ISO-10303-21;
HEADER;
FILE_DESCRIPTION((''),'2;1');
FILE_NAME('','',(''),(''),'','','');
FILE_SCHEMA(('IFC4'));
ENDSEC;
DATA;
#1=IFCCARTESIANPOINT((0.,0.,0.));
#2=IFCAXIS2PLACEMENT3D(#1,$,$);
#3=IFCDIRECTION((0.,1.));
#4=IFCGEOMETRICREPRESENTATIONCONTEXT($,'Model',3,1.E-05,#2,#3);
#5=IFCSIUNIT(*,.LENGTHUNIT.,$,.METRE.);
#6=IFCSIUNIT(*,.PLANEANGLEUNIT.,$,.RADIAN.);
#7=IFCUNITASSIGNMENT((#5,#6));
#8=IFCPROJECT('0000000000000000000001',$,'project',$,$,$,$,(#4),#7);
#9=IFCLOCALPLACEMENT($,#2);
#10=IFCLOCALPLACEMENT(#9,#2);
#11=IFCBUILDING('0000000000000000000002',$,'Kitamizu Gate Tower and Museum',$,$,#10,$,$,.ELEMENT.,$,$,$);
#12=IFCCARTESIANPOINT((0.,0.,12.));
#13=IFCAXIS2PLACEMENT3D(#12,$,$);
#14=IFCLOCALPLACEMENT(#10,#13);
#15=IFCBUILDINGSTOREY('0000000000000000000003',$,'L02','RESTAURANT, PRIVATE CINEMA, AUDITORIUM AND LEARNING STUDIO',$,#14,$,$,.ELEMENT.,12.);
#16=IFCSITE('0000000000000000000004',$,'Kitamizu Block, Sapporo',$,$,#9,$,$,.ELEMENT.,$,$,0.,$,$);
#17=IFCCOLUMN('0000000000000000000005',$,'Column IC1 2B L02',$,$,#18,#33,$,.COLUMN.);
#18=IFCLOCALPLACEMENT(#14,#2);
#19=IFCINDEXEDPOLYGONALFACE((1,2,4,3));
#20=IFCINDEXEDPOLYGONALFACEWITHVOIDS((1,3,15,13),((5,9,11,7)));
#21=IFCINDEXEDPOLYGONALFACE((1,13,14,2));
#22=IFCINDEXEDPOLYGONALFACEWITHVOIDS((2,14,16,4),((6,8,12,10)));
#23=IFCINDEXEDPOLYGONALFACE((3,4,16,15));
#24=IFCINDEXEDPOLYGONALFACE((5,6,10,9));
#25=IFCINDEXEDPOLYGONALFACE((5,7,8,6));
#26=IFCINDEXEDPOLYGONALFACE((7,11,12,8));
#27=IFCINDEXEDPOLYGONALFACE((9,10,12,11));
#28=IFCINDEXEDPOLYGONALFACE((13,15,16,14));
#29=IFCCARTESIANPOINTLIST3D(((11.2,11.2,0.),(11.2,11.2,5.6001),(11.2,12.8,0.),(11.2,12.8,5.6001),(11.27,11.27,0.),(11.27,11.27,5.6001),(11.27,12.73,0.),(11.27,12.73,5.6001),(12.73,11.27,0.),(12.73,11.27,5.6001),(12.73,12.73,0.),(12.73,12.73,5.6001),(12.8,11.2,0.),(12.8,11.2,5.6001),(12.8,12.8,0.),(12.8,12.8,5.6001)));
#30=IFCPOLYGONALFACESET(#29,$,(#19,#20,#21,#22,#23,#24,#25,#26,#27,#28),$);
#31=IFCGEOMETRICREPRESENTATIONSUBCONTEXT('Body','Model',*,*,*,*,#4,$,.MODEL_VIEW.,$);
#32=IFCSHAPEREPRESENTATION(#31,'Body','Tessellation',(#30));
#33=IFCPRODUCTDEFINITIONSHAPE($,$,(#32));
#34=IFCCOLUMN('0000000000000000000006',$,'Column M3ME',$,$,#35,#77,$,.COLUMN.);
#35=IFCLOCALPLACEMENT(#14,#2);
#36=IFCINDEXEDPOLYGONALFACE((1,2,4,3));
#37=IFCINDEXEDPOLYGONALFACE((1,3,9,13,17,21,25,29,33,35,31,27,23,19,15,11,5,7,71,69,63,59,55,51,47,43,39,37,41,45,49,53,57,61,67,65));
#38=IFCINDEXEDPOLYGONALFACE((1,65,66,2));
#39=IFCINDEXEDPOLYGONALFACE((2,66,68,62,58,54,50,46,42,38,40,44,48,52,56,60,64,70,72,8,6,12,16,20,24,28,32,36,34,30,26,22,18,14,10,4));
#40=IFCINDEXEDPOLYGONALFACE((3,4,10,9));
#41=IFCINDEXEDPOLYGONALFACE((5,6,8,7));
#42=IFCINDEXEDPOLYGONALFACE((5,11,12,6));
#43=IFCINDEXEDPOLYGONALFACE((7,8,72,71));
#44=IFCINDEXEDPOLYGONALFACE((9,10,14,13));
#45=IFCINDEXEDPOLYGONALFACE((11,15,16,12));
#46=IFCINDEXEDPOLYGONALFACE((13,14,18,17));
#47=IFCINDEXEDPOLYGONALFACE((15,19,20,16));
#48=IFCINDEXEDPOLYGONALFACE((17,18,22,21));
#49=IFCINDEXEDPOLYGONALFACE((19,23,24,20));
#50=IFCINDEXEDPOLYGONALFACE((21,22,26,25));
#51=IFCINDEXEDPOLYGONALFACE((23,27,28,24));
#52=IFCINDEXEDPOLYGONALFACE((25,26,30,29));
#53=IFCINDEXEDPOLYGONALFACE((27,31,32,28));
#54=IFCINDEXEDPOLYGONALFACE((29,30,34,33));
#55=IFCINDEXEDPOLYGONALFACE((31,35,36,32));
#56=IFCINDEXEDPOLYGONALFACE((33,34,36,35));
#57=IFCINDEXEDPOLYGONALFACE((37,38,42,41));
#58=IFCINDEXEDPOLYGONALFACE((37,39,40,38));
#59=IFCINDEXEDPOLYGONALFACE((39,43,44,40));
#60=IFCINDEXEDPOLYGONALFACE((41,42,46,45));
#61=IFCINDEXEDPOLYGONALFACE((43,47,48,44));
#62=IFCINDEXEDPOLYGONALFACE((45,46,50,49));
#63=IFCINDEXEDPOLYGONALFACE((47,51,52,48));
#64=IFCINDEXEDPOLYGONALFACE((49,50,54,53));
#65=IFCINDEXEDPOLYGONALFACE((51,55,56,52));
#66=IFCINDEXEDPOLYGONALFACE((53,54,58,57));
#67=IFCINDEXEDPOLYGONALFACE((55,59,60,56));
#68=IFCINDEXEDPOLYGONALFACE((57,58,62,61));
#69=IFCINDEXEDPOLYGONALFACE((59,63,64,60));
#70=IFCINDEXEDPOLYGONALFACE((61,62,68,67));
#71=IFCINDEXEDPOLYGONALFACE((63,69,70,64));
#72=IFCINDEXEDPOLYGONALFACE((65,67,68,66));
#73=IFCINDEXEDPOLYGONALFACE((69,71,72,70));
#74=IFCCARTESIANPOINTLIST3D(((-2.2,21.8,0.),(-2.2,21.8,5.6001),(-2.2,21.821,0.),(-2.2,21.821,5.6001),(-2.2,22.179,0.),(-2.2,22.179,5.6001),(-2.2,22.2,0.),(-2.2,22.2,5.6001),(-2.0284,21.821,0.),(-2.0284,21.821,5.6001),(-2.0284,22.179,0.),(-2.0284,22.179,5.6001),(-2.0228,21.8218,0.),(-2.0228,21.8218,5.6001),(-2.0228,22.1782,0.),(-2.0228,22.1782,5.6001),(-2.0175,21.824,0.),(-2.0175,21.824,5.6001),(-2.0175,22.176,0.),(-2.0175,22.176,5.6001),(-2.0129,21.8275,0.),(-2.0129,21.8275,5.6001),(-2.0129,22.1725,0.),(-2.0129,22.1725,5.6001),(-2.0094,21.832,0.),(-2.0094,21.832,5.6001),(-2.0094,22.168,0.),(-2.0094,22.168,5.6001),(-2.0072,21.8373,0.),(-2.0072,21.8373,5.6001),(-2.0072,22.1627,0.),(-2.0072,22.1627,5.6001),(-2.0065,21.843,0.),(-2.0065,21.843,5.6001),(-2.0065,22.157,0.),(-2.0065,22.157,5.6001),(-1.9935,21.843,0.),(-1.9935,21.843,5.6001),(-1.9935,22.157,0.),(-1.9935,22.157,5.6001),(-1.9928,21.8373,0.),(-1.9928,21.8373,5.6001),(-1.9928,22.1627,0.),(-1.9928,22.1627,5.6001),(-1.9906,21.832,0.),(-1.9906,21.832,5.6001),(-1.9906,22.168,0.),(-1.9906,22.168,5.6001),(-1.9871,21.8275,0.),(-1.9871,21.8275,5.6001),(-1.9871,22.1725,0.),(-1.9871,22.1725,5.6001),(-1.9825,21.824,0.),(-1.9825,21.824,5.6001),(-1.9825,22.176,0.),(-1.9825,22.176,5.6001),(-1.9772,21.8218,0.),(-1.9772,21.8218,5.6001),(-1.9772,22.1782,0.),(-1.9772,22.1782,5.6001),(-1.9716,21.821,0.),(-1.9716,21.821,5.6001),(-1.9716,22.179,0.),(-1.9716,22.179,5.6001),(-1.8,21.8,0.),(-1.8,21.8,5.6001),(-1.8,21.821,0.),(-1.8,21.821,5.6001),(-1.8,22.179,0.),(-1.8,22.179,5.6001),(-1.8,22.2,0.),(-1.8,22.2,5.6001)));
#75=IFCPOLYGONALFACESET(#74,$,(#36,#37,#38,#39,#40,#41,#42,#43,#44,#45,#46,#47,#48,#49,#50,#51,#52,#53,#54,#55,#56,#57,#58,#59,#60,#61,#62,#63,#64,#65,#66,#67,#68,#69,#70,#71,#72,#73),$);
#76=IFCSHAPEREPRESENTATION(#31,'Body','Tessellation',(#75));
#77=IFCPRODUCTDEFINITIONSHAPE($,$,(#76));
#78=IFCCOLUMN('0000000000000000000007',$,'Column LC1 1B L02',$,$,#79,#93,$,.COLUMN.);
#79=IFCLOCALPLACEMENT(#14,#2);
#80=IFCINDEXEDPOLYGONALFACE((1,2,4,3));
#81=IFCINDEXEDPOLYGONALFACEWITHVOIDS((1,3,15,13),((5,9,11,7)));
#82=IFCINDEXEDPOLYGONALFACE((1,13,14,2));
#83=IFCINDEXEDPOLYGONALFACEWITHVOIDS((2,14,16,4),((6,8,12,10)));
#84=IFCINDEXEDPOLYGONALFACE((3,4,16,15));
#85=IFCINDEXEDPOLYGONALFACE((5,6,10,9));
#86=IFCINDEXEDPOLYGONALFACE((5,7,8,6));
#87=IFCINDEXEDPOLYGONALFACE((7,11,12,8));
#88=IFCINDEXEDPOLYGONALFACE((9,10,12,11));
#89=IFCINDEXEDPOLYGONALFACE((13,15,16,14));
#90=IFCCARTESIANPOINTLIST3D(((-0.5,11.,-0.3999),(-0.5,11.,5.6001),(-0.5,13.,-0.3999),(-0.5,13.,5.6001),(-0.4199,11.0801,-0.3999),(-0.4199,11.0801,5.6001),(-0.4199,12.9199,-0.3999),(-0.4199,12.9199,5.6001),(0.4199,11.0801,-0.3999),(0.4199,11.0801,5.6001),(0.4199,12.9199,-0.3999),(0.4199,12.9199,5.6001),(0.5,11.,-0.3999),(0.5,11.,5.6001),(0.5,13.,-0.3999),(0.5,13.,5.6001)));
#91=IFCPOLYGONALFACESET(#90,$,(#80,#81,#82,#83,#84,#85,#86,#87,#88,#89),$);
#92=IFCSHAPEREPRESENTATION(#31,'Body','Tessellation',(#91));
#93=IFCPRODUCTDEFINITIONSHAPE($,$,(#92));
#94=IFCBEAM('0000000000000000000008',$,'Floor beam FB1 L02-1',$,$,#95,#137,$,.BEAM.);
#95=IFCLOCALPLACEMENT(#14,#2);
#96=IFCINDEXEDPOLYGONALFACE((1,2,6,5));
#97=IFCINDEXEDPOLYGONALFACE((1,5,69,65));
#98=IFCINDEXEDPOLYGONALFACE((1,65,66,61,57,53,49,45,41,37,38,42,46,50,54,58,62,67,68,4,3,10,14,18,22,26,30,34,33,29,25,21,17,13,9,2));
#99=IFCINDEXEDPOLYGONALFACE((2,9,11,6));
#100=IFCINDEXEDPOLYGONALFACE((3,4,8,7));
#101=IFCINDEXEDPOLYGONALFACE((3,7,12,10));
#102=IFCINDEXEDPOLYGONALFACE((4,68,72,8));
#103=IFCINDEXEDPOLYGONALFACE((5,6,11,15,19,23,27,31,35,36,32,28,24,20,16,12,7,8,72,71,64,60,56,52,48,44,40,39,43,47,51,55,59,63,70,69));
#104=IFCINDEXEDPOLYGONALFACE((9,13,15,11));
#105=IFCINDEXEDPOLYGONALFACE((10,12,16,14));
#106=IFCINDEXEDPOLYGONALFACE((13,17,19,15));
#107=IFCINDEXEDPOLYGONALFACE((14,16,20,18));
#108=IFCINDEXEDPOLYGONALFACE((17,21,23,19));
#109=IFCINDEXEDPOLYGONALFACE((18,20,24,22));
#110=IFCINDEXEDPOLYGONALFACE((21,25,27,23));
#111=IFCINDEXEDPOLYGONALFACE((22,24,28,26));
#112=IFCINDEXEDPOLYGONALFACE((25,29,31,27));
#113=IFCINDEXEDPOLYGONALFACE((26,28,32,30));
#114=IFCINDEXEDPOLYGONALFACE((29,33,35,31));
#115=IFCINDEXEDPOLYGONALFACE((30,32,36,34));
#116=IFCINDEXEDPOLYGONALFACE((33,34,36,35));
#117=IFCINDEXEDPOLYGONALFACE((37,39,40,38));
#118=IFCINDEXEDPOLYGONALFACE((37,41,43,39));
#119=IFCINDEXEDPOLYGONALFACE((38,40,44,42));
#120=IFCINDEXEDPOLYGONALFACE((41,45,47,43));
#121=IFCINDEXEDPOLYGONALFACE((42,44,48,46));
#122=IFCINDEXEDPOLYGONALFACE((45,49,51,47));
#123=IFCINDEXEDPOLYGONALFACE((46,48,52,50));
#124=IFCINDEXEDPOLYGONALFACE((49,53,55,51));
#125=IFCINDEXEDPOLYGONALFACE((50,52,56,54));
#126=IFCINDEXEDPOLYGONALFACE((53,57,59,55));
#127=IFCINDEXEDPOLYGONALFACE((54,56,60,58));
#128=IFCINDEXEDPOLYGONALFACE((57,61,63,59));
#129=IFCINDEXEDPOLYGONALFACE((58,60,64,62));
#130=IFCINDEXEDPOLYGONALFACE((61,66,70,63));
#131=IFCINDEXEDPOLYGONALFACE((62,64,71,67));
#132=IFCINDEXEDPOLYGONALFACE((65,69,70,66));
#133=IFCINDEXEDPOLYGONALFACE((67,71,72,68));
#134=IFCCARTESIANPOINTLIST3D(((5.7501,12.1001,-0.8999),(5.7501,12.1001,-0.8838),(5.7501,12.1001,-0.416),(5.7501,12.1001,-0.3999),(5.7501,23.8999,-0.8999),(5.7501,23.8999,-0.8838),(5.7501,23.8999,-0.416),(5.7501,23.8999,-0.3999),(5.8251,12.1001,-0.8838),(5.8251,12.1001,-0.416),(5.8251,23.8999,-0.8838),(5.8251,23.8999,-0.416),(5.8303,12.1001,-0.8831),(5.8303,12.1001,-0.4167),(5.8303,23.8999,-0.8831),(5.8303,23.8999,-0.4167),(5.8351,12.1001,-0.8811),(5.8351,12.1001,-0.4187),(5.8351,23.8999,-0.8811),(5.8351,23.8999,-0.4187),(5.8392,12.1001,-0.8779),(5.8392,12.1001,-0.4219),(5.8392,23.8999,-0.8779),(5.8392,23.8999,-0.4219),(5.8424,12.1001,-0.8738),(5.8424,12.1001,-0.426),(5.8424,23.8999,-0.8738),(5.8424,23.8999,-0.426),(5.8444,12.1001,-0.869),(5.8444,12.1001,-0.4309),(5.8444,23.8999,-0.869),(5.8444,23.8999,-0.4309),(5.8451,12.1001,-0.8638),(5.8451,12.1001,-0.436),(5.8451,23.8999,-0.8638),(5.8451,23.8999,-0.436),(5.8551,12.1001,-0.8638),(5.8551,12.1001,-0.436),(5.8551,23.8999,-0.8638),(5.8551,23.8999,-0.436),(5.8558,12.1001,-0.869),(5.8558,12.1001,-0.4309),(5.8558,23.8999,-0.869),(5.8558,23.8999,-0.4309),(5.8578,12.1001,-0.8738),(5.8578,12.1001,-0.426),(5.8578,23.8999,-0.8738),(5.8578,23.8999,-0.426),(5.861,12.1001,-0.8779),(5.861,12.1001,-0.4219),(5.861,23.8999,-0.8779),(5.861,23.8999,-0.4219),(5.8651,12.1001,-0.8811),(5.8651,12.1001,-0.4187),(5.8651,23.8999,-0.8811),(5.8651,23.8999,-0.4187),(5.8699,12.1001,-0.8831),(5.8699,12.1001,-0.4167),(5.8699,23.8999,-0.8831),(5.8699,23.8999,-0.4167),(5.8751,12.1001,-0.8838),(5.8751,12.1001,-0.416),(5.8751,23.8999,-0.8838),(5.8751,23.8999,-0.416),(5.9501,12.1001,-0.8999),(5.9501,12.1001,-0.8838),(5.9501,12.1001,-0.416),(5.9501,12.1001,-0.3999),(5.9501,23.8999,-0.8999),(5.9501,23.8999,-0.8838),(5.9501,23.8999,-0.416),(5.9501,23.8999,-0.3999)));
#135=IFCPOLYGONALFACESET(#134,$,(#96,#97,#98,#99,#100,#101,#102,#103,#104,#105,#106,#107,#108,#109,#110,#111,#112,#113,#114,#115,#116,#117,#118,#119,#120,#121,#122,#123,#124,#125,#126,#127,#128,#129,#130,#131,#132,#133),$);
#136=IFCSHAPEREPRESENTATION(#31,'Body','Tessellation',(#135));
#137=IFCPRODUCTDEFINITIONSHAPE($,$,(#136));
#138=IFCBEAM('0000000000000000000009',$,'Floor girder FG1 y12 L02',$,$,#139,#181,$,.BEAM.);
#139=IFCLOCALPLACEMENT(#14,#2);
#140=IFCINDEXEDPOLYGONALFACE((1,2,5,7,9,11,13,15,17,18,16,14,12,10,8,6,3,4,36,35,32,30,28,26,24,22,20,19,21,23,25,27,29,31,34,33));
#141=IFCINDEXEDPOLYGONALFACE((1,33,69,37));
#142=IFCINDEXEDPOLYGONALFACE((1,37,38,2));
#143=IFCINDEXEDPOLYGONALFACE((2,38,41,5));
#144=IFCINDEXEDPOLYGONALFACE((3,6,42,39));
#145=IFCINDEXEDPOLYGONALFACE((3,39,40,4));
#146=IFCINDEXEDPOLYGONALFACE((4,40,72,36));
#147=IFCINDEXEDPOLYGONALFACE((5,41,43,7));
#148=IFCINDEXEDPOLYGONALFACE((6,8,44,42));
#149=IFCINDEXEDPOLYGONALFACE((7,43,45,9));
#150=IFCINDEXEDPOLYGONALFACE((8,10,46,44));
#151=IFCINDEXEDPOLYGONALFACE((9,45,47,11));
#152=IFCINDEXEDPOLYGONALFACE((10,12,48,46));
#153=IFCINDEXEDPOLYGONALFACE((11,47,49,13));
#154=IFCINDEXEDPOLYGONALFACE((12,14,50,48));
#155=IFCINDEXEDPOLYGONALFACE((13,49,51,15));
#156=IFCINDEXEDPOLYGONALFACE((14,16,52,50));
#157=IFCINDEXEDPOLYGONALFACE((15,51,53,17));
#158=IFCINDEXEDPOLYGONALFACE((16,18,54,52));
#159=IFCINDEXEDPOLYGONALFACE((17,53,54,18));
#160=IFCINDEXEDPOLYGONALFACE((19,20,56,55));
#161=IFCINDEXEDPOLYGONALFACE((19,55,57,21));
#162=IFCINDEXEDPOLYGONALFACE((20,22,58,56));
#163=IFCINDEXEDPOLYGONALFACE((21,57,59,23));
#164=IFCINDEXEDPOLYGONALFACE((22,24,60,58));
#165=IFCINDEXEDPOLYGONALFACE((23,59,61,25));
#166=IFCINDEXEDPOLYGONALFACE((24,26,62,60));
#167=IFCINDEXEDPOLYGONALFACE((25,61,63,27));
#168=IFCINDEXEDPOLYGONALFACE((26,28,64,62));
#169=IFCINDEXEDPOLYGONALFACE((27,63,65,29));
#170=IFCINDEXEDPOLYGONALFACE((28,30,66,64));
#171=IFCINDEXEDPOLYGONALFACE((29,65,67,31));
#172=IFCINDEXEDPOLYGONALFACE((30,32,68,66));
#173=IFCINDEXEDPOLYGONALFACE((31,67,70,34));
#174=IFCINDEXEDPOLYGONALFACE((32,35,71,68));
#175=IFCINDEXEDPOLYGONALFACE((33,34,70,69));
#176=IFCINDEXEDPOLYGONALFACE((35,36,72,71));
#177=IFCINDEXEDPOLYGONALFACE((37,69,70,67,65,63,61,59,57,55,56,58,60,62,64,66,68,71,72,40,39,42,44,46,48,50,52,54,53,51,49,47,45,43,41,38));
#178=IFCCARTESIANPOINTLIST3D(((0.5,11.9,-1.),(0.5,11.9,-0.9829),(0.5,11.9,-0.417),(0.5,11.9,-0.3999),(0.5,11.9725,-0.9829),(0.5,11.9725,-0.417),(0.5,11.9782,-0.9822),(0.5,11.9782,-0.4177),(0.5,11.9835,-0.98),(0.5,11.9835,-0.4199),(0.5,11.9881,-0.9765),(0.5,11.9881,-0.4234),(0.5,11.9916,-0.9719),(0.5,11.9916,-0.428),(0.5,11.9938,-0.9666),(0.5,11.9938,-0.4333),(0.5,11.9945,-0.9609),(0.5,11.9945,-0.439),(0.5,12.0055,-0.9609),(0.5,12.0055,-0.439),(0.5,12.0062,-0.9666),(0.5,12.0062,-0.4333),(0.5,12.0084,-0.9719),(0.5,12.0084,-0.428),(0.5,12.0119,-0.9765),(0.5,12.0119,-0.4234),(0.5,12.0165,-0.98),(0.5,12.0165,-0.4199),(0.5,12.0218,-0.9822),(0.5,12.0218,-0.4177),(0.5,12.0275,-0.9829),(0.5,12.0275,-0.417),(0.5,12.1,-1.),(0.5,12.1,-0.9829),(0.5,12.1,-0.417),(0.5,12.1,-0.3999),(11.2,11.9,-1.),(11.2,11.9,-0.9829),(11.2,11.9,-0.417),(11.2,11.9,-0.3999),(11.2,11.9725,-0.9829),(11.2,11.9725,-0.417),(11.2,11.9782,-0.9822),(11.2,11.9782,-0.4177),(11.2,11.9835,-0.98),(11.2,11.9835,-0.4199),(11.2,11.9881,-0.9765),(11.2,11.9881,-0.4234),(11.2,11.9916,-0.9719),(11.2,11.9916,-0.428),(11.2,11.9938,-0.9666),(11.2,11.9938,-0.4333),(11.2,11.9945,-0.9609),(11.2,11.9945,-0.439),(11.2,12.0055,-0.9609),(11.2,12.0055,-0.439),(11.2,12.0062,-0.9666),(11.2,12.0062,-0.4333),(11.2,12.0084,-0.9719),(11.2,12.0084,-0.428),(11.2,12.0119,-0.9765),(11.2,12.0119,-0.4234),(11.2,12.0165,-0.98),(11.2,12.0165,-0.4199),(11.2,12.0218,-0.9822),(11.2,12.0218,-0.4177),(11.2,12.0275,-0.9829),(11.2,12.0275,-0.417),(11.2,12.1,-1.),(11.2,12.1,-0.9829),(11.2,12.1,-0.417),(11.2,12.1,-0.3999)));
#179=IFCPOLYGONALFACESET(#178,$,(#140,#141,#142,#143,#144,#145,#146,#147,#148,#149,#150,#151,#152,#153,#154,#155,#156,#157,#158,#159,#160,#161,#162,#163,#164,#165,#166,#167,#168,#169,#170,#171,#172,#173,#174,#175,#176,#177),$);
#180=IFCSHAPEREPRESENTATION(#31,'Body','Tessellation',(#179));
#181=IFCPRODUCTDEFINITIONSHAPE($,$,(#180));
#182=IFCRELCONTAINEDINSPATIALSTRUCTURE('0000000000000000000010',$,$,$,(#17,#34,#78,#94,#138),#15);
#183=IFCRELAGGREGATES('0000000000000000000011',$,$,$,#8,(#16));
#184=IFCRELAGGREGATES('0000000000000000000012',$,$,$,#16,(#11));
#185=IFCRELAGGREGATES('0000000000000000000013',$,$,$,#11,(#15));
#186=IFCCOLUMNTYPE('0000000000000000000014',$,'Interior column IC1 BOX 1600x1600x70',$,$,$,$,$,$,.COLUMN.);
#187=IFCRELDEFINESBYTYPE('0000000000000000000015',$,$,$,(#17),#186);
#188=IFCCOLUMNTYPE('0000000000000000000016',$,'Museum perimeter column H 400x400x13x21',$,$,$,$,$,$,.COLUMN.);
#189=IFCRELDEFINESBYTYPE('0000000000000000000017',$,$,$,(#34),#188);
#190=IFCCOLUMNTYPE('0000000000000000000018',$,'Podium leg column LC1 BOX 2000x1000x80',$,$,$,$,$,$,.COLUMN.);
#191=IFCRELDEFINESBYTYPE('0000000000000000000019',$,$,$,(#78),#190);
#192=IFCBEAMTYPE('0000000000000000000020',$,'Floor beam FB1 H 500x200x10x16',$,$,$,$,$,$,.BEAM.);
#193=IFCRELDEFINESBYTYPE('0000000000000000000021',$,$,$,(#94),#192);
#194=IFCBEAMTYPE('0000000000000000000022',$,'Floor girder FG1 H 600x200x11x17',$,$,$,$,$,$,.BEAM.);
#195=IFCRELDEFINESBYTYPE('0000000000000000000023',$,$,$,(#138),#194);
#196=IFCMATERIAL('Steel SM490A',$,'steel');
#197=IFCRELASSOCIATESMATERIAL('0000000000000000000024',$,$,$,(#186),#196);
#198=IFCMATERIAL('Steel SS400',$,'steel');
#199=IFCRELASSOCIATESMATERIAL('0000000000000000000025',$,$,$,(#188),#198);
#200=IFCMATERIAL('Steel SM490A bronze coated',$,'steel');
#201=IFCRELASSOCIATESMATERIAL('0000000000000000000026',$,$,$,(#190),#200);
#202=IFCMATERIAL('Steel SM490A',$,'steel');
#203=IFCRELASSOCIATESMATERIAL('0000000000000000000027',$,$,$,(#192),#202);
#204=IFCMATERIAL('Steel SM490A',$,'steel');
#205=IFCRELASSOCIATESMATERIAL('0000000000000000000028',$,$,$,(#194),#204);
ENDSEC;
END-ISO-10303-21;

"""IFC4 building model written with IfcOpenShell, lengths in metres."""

from ifc_helpers import new_model, si_unit, direction, frame, origin, origin_2d, place, context, subcontext, project, spatial, hollow_rectangle, i_section, extrude, material, material_profile, profile_set, type_object, element, save


model = new_model("IFC4")

# Units and contexts
model_context = context("Model", 3, precision=1e-05, world=origin(), true_north=direction((0.0, 1.0)))
body_context = subcontext(model_context, "Body", "Model", "MODEL_VIEW")
ifc_project = project(units=[si_unit("LENGTHUNIT", "METRE"), si_unit("PLANEANGLEUNIT", "RADIAN")], contexts=[model_context])

# Site, building, storey
site_placement = place(None, origin())
site = spatial("IfcSite", under=ifc_project, at=site_placement, Name="Kitamizu Block, Sapporo", CompositionType="ELEMENT", RefElevation=0.0)
building_placement = place(site_placement, origin())
building = spatial("IfcBuilding", under=site, at=building_placement, Name="Kitamizu Gate Tower and Museum", CompositionType="ELEMENT")
storey_placement = place(building_placement, frame((0.0, 0.0, 12.0)))
storey = spatial("IfcBuildingStorey", under=building, at=storey_placement, Name="L02", Description="RESTAURANT, PRIVATE CINEMA, AUDITORIUM AND LEARNING STUDIO", CompositionType="ELEMENT", Elevation=12.0)

# Columns
ifc_material_1 = material(Name="Steel SM490A", Category="steel")
ifc_material_profile_1 = material_profile(ifc_material_1, hollow_rectangle(XDim=1.6001, YDim=1.6001, WallThickness=0.0701, at=origin_2d()), Name="BOX 1600x1600x70")
ifc_profile_set_1 = profile_set([ifc_material_profile_1], Name="Steel SM490A")
column_type_1 = type_object("IfcColumnType", Name="Interior column IC1 BOX 1600x1600x70", PredefinedType="COLUMN", material=ifc_profile_set_1)
column_1_placement = place(storey_placement, frame((12.0, 12.0, 0.0), z_axis=(0.0, 0.0, 1.0), x_axis=(1.0, 0.0, 0.0)))
element("IfcColumn", 1, at=column_1_placement, inside=storey, type_object=column_type_1, Name="Column IC1 2B L02", PredefinedType="COLUMN", context=body_context, shape_type="SweptSolid", body=[
    extrude(hollow_rectangle(XDim=1.6001, YDim=1.6001, WallThickness=0.0701, at=origin_2d()), origin(), (0.0, 0.0, 1.0), 5.6001),
])
ifc_material_2 = material(Name="Steel SS400", Category="steel")
ifc_material_profile_2 = material_profile(ifc_material_2, i_section(OverallWidth=0.3999, OverallDepth=0.3999, WebThickness=0.0129, FlangeThickness=0.021, FilletRadius=0.022, at=origin_2d()), Name="H-400x400x13x21")
ifc_profile_set_2 = profile_set([ifc_material_profile_2], Name="Steel SS400")
column_type_2 = type_object("IfcColumnType", Name="Museum perimeter column H 400x400x13x21", PredefinedType="COLUMN", material=ifc_profile_set_2)
column_2_placement = place(storey_placement, frame((-2.0, 22.0, 0.0), z_axis=(0.0, 0.0, 1.0), x_axis=(1.0, 0.0, 0.0)))
element("IfcColumn", 2, at=column_2_placement, inside=storey, type_object=column_type_2, Name="Column M3ME", PredefinedType="COLUMN", context=body_context, shape_type="SweptSolid", body=[
    extrude(i_section(OverallWidth=0.3999, OverallDepth=0.3999, WebThickness=0.0129, FlangeThickness=0.021, FilletRadius=0.022, at=origin_2d()), origin(), (0.0, 0.0, 1.0), 5.6001),
])
ifc_material_3 = material(Name="Steel SM490A bronze coated", Category="steel")
ifc_material_profile_3 = material_profile(ifc_material_3, hollow_rectangle(XDim=2.0, YDim=1.0, WallThickness=0.0801, at=origin_2d()), Name="BOX 2000x1000x80")
ifc_profile_set_3 = profile_set([ifc_material_profile_3], Name="Steel SM490A bronze coated")
column_type_3 = type_object("IfcColumnType", Name="Podium leg column LC1 BOX 2000x1000x80", PredefinedType="COLUMN", material=ifc_profile_set_3)
column_3_placement = place(storey_placement, frame((0.0, 12.0, -0.3999), z_axis=(0.0, 0.0, 1.0), x_axis=(0.0, 1.0, 0.0)))
element("IfcColumn", 3, at=column_3_placement, inside=storey, type_object=column_type_3, Name="Column LC1 1B L02", PredefinedType="COLUMN", context=body_context, shape_type="SweptSolid", body=[
    extrude(hollow_rectangle(XDim=2.0, YDim=1.0, WallThickness=0.0801, at=origin_2d()), origin(), (0.0, 0.0, 1.0), 6.0),
])

# Beams
ifc_material_4 = material(Name="Steel SM490A", Category="steel")
ifc_material_profile_4 = material_profile(ifc_material_4, i_section(OverallWidth=0.2, OverallDepth=0.5, WebThickness=0.01, FlangeThickness=0.0161, FilletRadius=0.02, at=origin_2d()), Name="H-500x200x10x16")
ifc_profile_set_4 = profile_set([ifc_material_profile_4], Name="Steel SM490A")
beam_type_1 = type_object("IfcBeamType", Name="Floor beam FB1 H 500x200x10x16", PredefinedType="BEAM", material=ifc_profile_set_4)
beam_1_placement = place(storey_placement, frame((5.8501, 12.1001, -0.6499), z_axis=(0.0, 1.0, 0.0), x_axis=(-1.0, 0.0, 0.0)))
element("IfcBeam", 4, at=beam_1_placement, inside=storey, type_object=beam_type_1, Name="Floor beam FB1 L02-1", PredefinedType="BEAM", context=body_context, shape_type="SweptSolid", body=[
    extrude(i_section(OverallWidth=0.2, OverallDepth=0.5, WebThickness=0.01, FlangeThickness=0.0161, FilletRadius=0.02, at=origin_2d()), origin(), (0.0, 0.0, 1.0), 11.7998),
])
ifc_material_5 = material(Name="Steel SM490A", Category="steel")
ifc_material_profile_5 = material_profile(ifc_material_5, i_section(OverallWidth=0.2, OverallDepth=0.6001, WebThickness=0.011, FlangeThickness=0.0171, FilletRadius=0.022, at=origin_2d()), Name="H-600x200x11x17")
ifc_profile_set_5 = profile_set([ifc_material_profile_5], Name="Steel SM490A")
beam_type_2 = type_object("IfcBeamType", Name="Floor girder FG1 H 600x200x11x17", PredefinedType="BEAM", material=ifc_profile_set_5)
for number, where, z_axis, x_axis, name in (
    (5, (0.5, 12.0, -0.7), (1.0, 0.0, 0.0), (0.0, 1.0, 0.0), "Floor girder FG1 y12 L02"),
):
    element("IfcBeam", number, at=place(storey_placement, frame(where, z_axis=z_axis, x_axis=x_axis)), inside=storey, type_object=beam_type_2, Name=name, PredefinedType="BEAM", context=body_context, shape_type="SweptSolid", body=[
        extrude(i_section(OverallWidth=0.2, OverallDepth=0.6001, WebThickness=0.011, FlangeThickness=0.0171, FilletRadius=0.022, at=origin_2d()), origin(), (0.0, 0.0, 1.0), 10.7),
    ])

save(model, "model.ifc")
